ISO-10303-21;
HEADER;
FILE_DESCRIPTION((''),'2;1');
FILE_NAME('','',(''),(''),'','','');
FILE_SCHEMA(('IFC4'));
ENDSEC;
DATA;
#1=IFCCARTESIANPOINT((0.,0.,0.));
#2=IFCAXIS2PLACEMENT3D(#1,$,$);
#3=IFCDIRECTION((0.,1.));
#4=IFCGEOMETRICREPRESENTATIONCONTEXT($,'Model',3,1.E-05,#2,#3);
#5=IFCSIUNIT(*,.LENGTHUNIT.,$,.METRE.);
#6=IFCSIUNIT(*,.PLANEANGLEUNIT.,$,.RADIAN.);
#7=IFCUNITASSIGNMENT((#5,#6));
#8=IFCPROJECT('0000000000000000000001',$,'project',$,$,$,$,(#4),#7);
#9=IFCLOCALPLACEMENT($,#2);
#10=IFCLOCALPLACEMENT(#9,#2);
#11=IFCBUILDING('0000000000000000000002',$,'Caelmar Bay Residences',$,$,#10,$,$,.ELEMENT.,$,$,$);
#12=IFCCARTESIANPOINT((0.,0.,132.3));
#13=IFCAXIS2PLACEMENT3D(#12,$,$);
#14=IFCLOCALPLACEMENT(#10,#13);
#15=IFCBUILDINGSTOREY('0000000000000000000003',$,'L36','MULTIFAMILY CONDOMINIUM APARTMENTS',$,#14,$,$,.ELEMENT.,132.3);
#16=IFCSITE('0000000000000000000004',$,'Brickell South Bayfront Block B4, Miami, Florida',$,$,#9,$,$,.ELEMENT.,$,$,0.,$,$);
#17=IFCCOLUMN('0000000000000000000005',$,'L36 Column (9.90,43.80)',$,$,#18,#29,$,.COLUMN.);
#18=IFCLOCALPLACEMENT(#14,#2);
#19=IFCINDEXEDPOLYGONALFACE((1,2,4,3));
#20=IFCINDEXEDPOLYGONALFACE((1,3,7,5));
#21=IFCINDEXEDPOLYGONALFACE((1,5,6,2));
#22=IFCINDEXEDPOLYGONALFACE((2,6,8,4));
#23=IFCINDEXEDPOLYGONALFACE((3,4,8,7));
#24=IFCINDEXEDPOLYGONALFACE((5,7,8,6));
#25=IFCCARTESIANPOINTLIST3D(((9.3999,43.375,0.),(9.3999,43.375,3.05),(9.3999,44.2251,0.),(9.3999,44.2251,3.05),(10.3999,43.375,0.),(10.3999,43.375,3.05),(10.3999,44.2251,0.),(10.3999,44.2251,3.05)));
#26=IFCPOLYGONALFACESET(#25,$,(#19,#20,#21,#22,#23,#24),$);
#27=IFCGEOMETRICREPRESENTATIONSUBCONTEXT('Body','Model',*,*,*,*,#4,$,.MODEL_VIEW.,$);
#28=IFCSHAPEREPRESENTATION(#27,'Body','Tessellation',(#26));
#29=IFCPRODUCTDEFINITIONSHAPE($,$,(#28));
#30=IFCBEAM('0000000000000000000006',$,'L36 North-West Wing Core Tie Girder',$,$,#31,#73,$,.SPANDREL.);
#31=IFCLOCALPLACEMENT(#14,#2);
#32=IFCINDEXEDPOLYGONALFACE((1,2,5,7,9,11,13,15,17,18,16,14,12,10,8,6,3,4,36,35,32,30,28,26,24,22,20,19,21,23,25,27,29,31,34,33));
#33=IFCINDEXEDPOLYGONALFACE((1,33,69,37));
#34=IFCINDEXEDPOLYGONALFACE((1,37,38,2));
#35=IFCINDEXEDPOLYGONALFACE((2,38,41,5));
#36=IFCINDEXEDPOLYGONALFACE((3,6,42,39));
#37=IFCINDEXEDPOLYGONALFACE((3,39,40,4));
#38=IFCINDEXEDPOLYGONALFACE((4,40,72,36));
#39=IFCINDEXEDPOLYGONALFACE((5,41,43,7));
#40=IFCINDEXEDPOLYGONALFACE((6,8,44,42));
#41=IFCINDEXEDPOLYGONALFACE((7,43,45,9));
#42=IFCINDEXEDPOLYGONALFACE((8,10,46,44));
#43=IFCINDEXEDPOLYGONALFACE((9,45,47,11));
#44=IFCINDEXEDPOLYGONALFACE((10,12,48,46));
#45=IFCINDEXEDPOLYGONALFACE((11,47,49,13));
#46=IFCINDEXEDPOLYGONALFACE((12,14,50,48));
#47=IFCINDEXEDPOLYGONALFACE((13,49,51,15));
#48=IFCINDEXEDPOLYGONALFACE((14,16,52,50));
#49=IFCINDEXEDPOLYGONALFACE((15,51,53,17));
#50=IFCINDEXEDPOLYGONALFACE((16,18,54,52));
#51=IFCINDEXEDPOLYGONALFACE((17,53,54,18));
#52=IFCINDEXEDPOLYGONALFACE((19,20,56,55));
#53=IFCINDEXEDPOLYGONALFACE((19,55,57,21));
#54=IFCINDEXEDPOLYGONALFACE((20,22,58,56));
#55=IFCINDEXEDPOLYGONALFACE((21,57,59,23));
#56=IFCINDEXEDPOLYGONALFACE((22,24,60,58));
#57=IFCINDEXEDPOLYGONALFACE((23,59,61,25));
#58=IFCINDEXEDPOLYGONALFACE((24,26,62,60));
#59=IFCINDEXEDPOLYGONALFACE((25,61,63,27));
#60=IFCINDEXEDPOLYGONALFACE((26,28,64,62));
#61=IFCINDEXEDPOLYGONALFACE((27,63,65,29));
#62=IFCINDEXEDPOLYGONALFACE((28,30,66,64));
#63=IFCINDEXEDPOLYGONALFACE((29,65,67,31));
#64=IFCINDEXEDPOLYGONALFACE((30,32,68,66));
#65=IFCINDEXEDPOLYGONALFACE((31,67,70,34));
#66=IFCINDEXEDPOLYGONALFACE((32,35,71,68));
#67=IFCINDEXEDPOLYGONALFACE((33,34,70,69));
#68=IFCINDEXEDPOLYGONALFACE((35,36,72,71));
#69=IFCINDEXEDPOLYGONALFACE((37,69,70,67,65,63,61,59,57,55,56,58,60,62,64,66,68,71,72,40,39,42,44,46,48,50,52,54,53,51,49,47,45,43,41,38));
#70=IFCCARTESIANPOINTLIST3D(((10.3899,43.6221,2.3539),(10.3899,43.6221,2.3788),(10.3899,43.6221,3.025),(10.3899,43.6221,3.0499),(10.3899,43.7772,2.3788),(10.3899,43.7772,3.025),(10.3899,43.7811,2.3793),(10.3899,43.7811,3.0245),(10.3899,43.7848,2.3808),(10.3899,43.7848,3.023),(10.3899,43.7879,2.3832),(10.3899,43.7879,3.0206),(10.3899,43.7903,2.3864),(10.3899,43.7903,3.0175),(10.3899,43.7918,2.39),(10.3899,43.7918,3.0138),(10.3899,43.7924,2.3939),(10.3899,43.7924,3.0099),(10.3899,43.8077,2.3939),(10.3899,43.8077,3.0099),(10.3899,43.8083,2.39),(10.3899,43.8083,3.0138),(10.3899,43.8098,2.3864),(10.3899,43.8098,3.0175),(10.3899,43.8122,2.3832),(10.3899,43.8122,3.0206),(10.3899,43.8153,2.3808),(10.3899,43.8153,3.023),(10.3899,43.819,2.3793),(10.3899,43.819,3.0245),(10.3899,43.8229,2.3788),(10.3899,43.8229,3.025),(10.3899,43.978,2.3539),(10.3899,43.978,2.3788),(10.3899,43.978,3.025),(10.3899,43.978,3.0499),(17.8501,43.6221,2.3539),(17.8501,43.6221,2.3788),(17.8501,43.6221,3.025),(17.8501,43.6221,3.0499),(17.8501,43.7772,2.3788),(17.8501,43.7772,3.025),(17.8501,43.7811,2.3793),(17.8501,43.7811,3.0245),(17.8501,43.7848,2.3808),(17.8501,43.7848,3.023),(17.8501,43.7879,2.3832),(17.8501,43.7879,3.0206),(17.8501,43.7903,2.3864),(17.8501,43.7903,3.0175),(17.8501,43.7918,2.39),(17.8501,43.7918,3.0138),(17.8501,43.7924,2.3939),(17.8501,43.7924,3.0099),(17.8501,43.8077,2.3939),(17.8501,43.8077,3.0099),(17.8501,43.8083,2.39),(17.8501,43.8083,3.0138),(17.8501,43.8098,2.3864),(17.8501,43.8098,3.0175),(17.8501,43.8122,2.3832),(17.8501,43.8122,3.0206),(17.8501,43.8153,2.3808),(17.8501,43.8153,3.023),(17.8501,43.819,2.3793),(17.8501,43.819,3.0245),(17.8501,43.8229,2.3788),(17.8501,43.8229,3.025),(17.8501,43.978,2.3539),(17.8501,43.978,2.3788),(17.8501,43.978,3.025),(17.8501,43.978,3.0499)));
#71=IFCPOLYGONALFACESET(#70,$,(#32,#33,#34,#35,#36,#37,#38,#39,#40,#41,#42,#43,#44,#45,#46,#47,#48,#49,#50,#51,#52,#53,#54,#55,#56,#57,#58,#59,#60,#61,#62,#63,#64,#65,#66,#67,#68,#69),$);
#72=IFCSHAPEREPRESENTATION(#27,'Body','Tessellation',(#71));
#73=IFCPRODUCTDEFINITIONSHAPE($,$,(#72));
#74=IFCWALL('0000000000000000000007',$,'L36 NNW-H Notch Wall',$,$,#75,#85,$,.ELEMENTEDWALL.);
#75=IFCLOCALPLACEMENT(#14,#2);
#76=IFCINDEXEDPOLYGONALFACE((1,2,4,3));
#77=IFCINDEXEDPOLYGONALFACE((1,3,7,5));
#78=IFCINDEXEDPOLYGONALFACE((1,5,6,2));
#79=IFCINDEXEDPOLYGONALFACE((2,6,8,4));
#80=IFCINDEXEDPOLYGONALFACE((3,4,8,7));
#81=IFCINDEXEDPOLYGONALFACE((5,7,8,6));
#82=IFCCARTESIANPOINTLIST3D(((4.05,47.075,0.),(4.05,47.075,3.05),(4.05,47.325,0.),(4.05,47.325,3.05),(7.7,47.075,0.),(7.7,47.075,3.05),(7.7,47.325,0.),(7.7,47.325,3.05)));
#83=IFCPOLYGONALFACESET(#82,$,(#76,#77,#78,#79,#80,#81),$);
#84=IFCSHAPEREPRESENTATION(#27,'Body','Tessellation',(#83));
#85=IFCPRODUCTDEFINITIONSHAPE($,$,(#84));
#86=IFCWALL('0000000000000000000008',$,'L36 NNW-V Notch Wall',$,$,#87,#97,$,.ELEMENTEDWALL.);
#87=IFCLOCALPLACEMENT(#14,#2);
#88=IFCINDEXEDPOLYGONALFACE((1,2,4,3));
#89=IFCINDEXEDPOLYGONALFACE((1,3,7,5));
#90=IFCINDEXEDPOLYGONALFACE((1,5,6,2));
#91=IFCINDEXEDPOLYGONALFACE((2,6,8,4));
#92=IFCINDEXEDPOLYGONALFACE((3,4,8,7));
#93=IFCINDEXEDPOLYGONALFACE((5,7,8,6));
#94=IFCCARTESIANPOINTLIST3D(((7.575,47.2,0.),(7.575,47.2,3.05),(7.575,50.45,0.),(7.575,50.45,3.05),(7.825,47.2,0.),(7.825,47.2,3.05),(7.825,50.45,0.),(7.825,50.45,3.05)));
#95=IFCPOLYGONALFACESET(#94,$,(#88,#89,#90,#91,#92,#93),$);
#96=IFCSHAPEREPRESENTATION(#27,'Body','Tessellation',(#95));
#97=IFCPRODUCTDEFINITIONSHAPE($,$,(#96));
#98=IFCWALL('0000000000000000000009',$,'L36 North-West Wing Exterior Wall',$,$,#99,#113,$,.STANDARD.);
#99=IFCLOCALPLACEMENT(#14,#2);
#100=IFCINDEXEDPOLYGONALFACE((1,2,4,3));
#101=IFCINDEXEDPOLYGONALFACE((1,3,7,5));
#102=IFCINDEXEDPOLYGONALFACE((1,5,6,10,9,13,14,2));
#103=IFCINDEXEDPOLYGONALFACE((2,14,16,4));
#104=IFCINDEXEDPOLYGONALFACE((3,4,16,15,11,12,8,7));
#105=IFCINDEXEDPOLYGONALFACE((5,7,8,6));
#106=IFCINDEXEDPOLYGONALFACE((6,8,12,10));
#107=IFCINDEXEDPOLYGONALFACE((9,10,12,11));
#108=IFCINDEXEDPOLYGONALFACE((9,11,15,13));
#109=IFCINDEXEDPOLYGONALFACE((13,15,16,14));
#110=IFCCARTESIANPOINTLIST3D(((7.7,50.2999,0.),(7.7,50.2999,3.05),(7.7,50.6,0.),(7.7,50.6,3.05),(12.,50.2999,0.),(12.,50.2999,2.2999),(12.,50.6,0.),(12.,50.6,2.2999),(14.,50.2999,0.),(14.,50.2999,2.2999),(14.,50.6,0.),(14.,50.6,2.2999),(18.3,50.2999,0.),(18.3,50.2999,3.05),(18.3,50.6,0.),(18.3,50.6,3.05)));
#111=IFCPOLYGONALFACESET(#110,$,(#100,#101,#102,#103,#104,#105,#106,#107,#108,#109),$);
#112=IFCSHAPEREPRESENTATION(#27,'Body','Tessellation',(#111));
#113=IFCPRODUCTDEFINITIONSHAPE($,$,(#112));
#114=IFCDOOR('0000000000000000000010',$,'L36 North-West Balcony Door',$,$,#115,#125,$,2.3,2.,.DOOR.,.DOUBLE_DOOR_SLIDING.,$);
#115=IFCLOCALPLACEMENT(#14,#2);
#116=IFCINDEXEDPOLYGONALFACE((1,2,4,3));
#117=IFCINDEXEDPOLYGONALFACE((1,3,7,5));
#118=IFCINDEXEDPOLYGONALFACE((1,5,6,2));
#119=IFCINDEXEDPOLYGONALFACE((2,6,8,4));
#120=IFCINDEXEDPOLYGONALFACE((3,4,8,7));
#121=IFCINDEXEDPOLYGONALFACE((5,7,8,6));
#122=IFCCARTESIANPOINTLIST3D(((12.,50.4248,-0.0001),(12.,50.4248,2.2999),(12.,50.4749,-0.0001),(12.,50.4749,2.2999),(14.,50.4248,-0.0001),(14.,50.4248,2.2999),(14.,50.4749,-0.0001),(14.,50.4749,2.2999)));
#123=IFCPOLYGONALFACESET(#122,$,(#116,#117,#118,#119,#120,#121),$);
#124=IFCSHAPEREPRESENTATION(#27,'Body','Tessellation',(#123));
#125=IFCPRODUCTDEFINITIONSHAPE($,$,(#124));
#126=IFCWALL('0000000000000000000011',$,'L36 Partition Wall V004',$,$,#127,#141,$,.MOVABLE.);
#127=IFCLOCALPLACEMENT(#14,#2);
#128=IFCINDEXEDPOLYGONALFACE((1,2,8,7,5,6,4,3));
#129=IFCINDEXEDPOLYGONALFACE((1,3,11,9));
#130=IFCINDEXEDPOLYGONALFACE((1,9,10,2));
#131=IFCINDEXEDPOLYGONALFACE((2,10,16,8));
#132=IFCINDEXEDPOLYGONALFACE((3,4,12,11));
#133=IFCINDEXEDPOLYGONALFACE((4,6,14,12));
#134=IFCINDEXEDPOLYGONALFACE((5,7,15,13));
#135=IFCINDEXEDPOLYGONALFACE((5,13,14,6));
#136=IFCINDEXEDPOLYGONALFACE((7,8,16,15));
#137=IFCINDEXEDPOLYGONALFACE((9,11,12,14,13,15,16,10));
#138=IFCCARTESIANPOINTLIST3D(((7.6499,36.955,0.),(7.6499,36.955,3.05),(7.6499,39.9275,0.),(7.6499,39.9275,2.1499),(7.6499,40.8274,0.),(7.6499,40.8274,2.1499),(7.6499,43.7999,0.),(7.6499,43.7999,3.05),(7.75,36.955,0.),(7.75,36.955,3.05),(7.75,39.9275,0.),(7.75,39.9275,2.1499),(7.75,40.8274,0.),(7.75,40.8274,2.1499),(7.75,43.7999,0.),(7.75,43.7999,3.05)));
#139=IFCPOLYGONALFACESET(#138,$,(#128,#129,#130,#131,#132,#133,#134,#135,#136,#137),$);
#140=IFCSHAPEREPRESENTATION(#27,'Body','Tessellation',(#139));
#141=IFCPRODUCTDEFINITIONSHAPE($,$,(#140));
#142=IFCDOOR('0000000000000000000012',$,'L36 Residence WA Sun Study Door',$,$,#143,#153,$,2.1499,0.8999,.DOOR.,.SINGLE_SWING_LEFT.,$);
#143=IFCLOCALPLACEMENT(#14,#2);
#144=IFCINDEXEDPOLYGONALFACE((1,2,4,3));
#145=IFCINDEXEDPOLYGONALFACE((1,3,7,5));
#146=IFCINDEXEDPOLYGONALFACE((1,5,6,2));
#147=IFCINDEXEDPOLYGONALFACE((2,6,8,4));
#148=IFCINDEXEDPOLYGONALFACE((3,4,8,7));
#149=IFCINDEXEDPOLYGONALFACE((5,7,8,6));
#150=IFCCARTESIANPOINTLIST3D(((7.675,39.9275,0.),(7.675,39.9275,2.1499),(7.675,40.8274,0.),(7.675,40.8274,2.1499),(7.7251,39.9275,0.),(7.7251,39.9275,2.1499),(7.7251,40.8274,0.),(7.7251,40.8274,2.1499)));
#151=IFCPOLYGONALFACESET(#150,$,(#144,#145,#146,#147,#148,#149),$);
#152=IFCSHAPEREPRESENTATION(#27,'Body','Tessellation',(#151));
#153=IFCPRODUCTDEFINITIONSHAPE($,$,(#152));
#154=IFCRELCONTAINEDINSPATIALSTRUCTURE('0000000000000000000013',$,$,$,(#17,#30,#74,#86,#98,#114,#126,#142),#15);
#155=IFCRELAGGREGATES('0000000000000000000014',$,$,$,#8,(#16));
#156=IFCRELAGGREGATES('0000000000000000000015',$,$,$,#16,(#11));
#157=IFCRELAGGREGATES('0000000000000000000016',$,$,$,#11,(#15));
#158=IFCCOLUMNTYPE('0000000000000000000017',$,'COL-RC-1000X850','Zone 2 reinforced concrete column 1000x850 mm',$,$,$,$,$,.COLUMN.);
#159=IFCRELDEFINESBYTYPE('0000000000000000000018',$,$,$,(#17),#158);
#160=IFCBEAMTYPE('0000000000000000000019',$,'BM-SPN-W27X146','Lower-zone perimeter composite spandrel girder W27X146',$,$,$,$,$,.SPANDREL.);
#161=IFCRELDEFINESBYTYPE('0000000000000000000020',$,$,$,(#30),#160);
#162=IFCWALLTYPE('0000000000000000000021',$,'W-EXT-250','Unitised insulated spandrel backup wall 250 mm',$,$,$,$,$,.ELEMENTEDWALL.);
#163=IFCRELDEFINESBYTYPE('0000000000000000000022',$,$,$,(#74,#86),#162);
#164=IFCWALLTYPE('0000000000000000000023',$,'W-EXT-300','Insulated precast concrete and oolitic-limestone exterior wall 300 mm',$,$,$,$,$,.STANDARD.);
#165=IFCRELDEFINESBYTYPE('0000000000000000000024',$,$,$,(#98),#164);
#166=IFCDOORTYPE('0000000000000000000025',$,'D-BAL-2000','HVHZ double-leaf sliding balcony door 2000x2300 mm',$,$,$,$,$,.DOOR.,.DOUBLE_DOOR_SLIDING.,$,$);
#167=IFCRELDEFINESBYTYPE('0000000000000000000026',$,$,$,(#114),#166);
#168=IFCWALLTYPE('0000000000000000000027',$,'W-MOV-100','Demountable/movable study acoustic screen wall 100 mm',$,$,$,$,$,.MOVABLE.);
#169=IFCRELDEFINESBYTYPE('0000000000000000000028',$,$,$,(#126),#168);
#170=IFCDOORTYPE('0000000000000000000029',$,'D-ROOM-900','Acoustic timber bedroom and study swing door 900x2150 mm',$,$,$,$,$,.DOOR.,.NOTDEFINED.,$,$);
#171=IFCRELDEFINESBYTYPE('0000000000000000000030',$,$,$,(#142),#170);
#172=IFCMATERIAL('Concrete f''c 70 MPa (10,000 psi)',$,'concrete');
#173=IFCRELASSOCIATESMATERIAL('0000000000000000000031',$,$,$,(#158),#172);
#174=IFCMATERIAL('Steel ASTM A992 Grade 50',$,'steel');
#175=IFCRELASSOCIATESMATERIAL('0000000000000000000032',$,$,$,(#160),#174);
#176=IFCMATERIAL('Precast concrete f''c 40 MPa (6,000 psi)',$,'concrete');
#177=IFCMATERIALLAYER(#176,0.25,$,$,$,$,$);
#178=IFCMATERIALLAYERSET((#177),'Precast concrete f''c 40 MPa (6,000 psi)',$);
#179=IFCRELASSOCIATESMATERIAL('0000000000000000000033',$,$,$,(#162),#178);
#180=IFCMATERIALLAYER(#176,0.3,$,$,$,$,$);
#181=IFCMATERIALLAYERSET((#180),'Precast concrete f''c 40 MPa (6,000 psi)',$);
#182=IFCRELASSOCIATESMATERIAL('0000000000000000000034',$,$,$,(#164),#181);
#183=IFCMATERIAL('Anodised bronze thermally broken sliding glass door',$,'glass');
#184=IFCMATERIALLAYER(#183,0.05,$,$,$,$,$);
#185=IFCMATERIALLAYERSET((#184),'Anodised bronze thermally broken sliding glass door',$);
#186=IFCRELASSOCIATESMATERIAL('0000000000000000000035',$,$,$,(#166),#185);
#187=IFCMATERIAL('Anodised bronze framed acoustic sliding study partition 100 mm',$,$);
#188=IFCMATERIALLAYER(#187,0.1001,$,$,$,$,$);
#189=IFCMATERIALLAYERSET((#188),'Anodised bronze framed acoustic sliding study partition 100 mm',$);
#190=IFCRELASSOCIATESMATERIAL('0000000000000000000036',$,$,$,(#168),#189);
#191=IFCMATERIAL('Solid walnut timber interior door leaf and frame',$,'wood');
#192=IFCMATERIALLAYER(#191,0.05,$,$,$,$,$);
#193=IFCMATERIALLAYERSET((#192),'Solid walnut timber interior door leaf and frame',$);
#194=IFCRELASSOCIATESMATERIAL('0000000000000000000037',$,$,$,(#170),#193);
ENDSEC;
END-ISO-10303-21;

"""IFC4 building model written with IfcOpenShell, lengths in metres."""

from ifc_helpers import new_model, si_unit, direction, frame, frame_2d, origin, origin_2d, place, context, subcontext, project, spatial, rectangle, i_section, extrude, material, layer, layer_set, material_profile, profile_set, type_object, element, fill, save


model = new_model("IFC4")

# Units and contexts
model_context = context("Model", 3, precision=1e-05, world=origin(), true_north=direction((0.0, 1.0)))
body_context = subcontext(model_context, "Body", "Model", "MODEL_VIEW")
ifc_project = project(units=[si_unit("LENGTHUNIT", "METRE"), si_unit("PLANEANGLEUNIT", "RADIAN")], contexts=[model_context])

# Site, building, storey
site_placement = place(None, origin())
site = spatial("IfcSite", under=ifc_project, at=site_placement, Name="Brickell South Bayfront Block B4, Miami, Florida", CompositionType="ELEMENT", RefElevation=0.0)
building_placement = place(site_placement, origin())
building = spatial("IfcBuilding", under=site, at=building_placement, Name="Caelmar Bay Residences", CompositionType="ELEMENT")
storey_placement = place(building_placement, frame((0.0, 0.0, 132.3)))
storey = spatial("IfcBuildingStorey", under=building, at=storey_placement, Name="L36", Description="MULTIFAMILY CONDOMINIUM APARTMENTS", CompositionType="ELEMENT", Elevation=132.3)

# Column
ifc_material_1 = material(Name="Concrete f'c 70 MPa (10,000 psi)", Category="concrete")
ifc_material_profile_1 = material_profile(ifc_material_1, rectangle(XDim=1.0, YDim=0.8501, at=origin_2d()), Name="RC-COL-1000X850")
ifc_profile_set_1 = profile_set([ifc_material_profile_1], Name="Concrete f'c 70 MPa (10,000 psi)")
column_type = type_object("IfcColumnType", Name="COL-RC-1000X850", Description="Zone 2 reinforced concrete column 1000x850 mm", PredefinedType="COLUMN", material=ifc_profile_set_1)
column_placement = place(storey_placement, frame((9.8999, 43.8, 0.0), z_axis=(0.0, 0.0, 1.0), x_axis=(1.0, 0.0, 0.0)))
element("IfcColumn", 1, at=column_placement, inside=storey, type_object=column_type, Name="L36 Column (9.90,43.80)", PredefinedType="COLUMN", context=body_context, shape_type="SweptSolid", body=[
    extrude(rectangle(XDim=1.0, YDim=0.8501, at=origin_2d()), origin(), (0.0, 0.0, 1.0), 3.05),
])

# Beam
ifc_material_2 = material(Name="Steel ASTM A992 Grade 50", Category="steel")
ifc_material_profile_2 = material_profile(ifc_material_2, i_section(OverallWidth=0.356, OverallDepth=0.696, WebThickness=0.0154, FlangeThickness=0.0249, FilletRadius=0.0151, at=origin_2d()), Name="W27X146")
ifc_profile_set_2 = profile_set([ifc_material_profile_2], Name="Steel ASTM A992 Grade 50")
beam_type = type_object("IfcBeamType", Name="BM-SPN-W27X146", Description="Lower-zone perimeter composite spandrel girder W27X146", PredefinedType="SPANDREL", material=ifc_profile_set_2)
beam_placement = place(storey_placement, frame((10.3899, 43.8, 2.7019), z_axis=(1.0, 0.0, 0.0), x_axis=(0.0, 1.0, 0.0)))
element("IfcBeam", 2, at=beam_placement, inside=storey, type_object=beam_type, Name="L36 North-West Wing Core Tie Girder", PredefinedType="SPANDREL", context=body_context, shape_type="SweptSolid", body=[
    extrude(i_section(OverallWidth=0.356, OverallDepth=0.696, WebThickness=0.0154, FlangeThickness=0.0249, FilletRadius=0.0151, at=origin_2d()), origin(), (0.0, 0.0, 1.0), 7.4602),
])

# Walls
ifc_material_3 = material(Name="Precast concrete f'c 40 MPa (6,000 psi)", Category="concrete")
ifc_layer_1 = layer(ifc_material_3, 0.25)
ifc_layer_set_1 = layer_set([ifc_layer_1], Name="Precast concrete f'c 40 MPa (6,000 psi)")
wall_type_1 = type_object("IfcWallType", Name="W-EXT-250", Description="Unitised insulated spandrel backup wall 250 mm", PredefinedType="ELEMENTEDWALL", material=ifc_layer_set_1)
wall_1_placement = place(storey_placement, frame((4.05, 47.2, 0.0), z_axis=(0.0, 0.0, 1.0), x_axis=(1.0, 0.0, 0.0)))
element("IfcWall", 3, at=wall_1_placement, inside=storey, type_object=wall_type_1, Name="L36 NNW-H Notch Wall", PredefinedType="ELEMENTEDWALL", context=body_context, shape_type="SweptSolid", body=[
    extrude(rectangle(XDim=3.6499, YDim=0.25, at=frame_2d((1.825, 0.0))), origin(), (0.0, 0.0, 1.0), 3.05),
])
wall_2_placement = place(storey_placement, frame((7.7, 47.2, 0.0), z_axis=(0.0, 0.0, 1.0), x_axis=(0.0, 1.0, 0.0)))
element("IfcWall", 4, at=wall_2_placement, inside=storey, type_object=wall_type_1, Name="L36 NNW-V Notch Wall", PredefinedType="ELEMENTEDWALL", context=body_context, shape_type="SweptSolid", body=[
    extrude(rectangle(XDim=3.25, YDim=0.25, at=frame_2d((1.625, 0.0))), origin(), (0.0, 0.0, 1.0), 3.05),
])

# Walls, openings, doors
ifc_layer_2 = layer(ifc_material_3, 0.3)
ifc_layer_set_2 = layer_set([ifc_layer_2], Name="Precast concrete f'c 40 MPa (6,000 psi)")
wall_type_2 = type_object("IfcWallType", Name="W-EXT-300", Description="Insulated precast concrete and oolitic-limestone exterior wall 300 mm", PredefinedType="STANDARD", material=ifc_layer_set_2)
wall_3_placement = place(storey_placement, frame((7.7, 50.45, 0.0), z_axis=(0.0, 0.0, 1.0), x_axis=(1.0, 0.0, 0.0)))
wall_3 = element("IfcWall", 5, at=wall_3_placement, inside=storey, type_object=wall_type_2, Name="L36 North-West Wing Exterior Wall", PredefinedType="STANDARD", context=body_context, shape_type="SweptSolid", body=[
    extrude(rectangle(XDim=10.6001, YDim=0.3, at=frame_2d((5.3, 0.0))), origin(), (0.0, 0.0, 1.0), 3.05),
])
opening_1_placement = place(wall_3_placement, frame((4.3, 0.0, 0.0)))
opening_1 = element("IfcOpeningElement", 6, at=opening_1_placement, cuts=wall_3, PredefinedType="OPENING", context=body_context, shape_type="SweptSolid", body=[
    extrude(rectangle(XDim=2.0, YDim=2.3, at=frame_2d((1.0, 1.1499))), frame((0.0, 0.1599, 0.0), z_axis=(0.0, -1.0, 0.0), x_axis=(1.0, 0.0, 0.0)), (0.0, 0.0, 1.0), 0.3201),
])
ifc_material_4 = material(Name="Anodised bronze thermally broken sliding glass door", Category="glass")
ifc_layer_3 = layer(ifc_material_4, 0.05)
ifc_layer_set_3 = layer_set([ifc_layer_3], Name="Anodised bronze thermally broken sliding glass door")
door_type_1 = type_object("IfcDoorType", Name="D-BAL-2000", Description="HVHZ double-leaf sliding balcony door 2000x2300 mm", OperationType="DOUBLE_DOOR_SLIDING", PredefinedType="DOOR", material=ifc_layer_set_3)
door_1_placement = place(opening_1_placement, origin())
door_1 = element("IfcDoor", 7, at=door_1_placement, inside=storey, type_object=door_type_1, Name="L36 North-West Balcony Door", OperationType="DOUBLE_DOOR_SLIDING", OverallHeight=2.3, OverallWidth=2.0, PredefinedType="DOOR", context=body_context, shape_type="SweptSolid", body=[
    extrude(rectangle(XDim=2.0, YDim=2.3, at=frame_2d((1.0, 1.1499))), frame((0.0, 0.0249, 0.0), z_axis=(0.0, -1.0, 0.0), x_axis=(1.0, 0.0, 0.0)), (0.0, 0.0, 1.0), 0.05),
])
fill(opening_1, door_1)
ifc_material_5 = material(Name="Anodised bronze framed acoustic sliding study partition 100 mm")
ifc_layer_4 = layer(ifc_material_5, 0.1001)
ifc_layer_set_4 = layer_set([ifc_layer_4], Name="Anodised bronze framed acoustic sliding study partition 100 mm")
wall_type_3 = type_object("IfcWallType", Name="W-MOV-100", Description="Demountable/movable study acoustic screen wall 100 mm", PredefinedType="MOVABLE", material=ifc_layer_set_4)
wall_4_placement = place(storey_placement, frame((7.7, 36.9551, 0.0), z_axis=(0.0, 0.0, 1.0), x_axis=(0.0, 1.0, 0.0)))
wall_4 = element("IfcWall", 8, at=wall_4_placement, inside=storey, type_object=wall_type_3, Name="L36 Partition Wall V004", PredefinedType="MOVABLE", context=body_context, shape_type="SweptSolid", body=[
    extrude(rectangle(XDim=6.845, YDim=0.1001, at=frame_2d((3.4224, 0.0))), origin(), (0.0, 0.0, 1.0), 3.05),
])
opening_2_placement = place(wall_4_placement, frame((2.9724, 0.0, 0.0)))
opening_2 = element("IfcOpeningElement", 9, at=opening_2_placement, cuts=wall_4, PredefinedType="OPENING", context=body_context, shape_type="SweptSolid", body=[
    extrude(rectangle(XDim=0.8999, YDim=2.1499, at=frame_2d((0.45, 1.075))), frame((0.0, 0.0601, 0.0), z_axis=(0.0, -1.0, 0.0), x_axis=(1.0, 0.0, 0.0)), (0.0, 0.0, 1.0), 0.1201),
])
ifc_material_6 = material(Name="Solid walnut timber interior door leaf and frame", Category="wood")
ifc_layer_5 = layer(ifc_material_6, 0.05)
ifc_layer_set_5 = layer_set([ifc_layer_5], Name="Solid walnut timber interior door leaf and frame")
door_type_2 = type_object("IfcDoorType", Name="D-ROOM-900", Description="Acoustic timber bedroom and study swing door 900x2150 mm", OperationType="NOTDEFINED", PredefinedType="DOOR", material=ifc_layer_set_5)
door_2_placement = place(opening_2_placement, origin())
door_2 = element("IfcDoor", 10, at=door_2_placement, inside=storey, type_object=door_type_2, Name="L36 Residence WA Sun Study Door", OperationType="SINGLE_SWING_LEFT", OverallHeight=2.1499, OverallWidth=0.8999, PredefinedType="DOOR", context=body_context, shape_type="SweptSolid", body=[
    extrude(rectangle(XDim=0.8999, YDim=2.1499, at=frame_2d((0.45, 1.075))), frame((0.0, 0.0249, 0.0), z_axis=(0.0, -1.0, 0.0), x_axis=(1.0, 0.0, 0.0)), (0.0, 0.0, 1.0), 0.05),
])
fill(opening_2, door_2)

save(model, "model.ifc")
